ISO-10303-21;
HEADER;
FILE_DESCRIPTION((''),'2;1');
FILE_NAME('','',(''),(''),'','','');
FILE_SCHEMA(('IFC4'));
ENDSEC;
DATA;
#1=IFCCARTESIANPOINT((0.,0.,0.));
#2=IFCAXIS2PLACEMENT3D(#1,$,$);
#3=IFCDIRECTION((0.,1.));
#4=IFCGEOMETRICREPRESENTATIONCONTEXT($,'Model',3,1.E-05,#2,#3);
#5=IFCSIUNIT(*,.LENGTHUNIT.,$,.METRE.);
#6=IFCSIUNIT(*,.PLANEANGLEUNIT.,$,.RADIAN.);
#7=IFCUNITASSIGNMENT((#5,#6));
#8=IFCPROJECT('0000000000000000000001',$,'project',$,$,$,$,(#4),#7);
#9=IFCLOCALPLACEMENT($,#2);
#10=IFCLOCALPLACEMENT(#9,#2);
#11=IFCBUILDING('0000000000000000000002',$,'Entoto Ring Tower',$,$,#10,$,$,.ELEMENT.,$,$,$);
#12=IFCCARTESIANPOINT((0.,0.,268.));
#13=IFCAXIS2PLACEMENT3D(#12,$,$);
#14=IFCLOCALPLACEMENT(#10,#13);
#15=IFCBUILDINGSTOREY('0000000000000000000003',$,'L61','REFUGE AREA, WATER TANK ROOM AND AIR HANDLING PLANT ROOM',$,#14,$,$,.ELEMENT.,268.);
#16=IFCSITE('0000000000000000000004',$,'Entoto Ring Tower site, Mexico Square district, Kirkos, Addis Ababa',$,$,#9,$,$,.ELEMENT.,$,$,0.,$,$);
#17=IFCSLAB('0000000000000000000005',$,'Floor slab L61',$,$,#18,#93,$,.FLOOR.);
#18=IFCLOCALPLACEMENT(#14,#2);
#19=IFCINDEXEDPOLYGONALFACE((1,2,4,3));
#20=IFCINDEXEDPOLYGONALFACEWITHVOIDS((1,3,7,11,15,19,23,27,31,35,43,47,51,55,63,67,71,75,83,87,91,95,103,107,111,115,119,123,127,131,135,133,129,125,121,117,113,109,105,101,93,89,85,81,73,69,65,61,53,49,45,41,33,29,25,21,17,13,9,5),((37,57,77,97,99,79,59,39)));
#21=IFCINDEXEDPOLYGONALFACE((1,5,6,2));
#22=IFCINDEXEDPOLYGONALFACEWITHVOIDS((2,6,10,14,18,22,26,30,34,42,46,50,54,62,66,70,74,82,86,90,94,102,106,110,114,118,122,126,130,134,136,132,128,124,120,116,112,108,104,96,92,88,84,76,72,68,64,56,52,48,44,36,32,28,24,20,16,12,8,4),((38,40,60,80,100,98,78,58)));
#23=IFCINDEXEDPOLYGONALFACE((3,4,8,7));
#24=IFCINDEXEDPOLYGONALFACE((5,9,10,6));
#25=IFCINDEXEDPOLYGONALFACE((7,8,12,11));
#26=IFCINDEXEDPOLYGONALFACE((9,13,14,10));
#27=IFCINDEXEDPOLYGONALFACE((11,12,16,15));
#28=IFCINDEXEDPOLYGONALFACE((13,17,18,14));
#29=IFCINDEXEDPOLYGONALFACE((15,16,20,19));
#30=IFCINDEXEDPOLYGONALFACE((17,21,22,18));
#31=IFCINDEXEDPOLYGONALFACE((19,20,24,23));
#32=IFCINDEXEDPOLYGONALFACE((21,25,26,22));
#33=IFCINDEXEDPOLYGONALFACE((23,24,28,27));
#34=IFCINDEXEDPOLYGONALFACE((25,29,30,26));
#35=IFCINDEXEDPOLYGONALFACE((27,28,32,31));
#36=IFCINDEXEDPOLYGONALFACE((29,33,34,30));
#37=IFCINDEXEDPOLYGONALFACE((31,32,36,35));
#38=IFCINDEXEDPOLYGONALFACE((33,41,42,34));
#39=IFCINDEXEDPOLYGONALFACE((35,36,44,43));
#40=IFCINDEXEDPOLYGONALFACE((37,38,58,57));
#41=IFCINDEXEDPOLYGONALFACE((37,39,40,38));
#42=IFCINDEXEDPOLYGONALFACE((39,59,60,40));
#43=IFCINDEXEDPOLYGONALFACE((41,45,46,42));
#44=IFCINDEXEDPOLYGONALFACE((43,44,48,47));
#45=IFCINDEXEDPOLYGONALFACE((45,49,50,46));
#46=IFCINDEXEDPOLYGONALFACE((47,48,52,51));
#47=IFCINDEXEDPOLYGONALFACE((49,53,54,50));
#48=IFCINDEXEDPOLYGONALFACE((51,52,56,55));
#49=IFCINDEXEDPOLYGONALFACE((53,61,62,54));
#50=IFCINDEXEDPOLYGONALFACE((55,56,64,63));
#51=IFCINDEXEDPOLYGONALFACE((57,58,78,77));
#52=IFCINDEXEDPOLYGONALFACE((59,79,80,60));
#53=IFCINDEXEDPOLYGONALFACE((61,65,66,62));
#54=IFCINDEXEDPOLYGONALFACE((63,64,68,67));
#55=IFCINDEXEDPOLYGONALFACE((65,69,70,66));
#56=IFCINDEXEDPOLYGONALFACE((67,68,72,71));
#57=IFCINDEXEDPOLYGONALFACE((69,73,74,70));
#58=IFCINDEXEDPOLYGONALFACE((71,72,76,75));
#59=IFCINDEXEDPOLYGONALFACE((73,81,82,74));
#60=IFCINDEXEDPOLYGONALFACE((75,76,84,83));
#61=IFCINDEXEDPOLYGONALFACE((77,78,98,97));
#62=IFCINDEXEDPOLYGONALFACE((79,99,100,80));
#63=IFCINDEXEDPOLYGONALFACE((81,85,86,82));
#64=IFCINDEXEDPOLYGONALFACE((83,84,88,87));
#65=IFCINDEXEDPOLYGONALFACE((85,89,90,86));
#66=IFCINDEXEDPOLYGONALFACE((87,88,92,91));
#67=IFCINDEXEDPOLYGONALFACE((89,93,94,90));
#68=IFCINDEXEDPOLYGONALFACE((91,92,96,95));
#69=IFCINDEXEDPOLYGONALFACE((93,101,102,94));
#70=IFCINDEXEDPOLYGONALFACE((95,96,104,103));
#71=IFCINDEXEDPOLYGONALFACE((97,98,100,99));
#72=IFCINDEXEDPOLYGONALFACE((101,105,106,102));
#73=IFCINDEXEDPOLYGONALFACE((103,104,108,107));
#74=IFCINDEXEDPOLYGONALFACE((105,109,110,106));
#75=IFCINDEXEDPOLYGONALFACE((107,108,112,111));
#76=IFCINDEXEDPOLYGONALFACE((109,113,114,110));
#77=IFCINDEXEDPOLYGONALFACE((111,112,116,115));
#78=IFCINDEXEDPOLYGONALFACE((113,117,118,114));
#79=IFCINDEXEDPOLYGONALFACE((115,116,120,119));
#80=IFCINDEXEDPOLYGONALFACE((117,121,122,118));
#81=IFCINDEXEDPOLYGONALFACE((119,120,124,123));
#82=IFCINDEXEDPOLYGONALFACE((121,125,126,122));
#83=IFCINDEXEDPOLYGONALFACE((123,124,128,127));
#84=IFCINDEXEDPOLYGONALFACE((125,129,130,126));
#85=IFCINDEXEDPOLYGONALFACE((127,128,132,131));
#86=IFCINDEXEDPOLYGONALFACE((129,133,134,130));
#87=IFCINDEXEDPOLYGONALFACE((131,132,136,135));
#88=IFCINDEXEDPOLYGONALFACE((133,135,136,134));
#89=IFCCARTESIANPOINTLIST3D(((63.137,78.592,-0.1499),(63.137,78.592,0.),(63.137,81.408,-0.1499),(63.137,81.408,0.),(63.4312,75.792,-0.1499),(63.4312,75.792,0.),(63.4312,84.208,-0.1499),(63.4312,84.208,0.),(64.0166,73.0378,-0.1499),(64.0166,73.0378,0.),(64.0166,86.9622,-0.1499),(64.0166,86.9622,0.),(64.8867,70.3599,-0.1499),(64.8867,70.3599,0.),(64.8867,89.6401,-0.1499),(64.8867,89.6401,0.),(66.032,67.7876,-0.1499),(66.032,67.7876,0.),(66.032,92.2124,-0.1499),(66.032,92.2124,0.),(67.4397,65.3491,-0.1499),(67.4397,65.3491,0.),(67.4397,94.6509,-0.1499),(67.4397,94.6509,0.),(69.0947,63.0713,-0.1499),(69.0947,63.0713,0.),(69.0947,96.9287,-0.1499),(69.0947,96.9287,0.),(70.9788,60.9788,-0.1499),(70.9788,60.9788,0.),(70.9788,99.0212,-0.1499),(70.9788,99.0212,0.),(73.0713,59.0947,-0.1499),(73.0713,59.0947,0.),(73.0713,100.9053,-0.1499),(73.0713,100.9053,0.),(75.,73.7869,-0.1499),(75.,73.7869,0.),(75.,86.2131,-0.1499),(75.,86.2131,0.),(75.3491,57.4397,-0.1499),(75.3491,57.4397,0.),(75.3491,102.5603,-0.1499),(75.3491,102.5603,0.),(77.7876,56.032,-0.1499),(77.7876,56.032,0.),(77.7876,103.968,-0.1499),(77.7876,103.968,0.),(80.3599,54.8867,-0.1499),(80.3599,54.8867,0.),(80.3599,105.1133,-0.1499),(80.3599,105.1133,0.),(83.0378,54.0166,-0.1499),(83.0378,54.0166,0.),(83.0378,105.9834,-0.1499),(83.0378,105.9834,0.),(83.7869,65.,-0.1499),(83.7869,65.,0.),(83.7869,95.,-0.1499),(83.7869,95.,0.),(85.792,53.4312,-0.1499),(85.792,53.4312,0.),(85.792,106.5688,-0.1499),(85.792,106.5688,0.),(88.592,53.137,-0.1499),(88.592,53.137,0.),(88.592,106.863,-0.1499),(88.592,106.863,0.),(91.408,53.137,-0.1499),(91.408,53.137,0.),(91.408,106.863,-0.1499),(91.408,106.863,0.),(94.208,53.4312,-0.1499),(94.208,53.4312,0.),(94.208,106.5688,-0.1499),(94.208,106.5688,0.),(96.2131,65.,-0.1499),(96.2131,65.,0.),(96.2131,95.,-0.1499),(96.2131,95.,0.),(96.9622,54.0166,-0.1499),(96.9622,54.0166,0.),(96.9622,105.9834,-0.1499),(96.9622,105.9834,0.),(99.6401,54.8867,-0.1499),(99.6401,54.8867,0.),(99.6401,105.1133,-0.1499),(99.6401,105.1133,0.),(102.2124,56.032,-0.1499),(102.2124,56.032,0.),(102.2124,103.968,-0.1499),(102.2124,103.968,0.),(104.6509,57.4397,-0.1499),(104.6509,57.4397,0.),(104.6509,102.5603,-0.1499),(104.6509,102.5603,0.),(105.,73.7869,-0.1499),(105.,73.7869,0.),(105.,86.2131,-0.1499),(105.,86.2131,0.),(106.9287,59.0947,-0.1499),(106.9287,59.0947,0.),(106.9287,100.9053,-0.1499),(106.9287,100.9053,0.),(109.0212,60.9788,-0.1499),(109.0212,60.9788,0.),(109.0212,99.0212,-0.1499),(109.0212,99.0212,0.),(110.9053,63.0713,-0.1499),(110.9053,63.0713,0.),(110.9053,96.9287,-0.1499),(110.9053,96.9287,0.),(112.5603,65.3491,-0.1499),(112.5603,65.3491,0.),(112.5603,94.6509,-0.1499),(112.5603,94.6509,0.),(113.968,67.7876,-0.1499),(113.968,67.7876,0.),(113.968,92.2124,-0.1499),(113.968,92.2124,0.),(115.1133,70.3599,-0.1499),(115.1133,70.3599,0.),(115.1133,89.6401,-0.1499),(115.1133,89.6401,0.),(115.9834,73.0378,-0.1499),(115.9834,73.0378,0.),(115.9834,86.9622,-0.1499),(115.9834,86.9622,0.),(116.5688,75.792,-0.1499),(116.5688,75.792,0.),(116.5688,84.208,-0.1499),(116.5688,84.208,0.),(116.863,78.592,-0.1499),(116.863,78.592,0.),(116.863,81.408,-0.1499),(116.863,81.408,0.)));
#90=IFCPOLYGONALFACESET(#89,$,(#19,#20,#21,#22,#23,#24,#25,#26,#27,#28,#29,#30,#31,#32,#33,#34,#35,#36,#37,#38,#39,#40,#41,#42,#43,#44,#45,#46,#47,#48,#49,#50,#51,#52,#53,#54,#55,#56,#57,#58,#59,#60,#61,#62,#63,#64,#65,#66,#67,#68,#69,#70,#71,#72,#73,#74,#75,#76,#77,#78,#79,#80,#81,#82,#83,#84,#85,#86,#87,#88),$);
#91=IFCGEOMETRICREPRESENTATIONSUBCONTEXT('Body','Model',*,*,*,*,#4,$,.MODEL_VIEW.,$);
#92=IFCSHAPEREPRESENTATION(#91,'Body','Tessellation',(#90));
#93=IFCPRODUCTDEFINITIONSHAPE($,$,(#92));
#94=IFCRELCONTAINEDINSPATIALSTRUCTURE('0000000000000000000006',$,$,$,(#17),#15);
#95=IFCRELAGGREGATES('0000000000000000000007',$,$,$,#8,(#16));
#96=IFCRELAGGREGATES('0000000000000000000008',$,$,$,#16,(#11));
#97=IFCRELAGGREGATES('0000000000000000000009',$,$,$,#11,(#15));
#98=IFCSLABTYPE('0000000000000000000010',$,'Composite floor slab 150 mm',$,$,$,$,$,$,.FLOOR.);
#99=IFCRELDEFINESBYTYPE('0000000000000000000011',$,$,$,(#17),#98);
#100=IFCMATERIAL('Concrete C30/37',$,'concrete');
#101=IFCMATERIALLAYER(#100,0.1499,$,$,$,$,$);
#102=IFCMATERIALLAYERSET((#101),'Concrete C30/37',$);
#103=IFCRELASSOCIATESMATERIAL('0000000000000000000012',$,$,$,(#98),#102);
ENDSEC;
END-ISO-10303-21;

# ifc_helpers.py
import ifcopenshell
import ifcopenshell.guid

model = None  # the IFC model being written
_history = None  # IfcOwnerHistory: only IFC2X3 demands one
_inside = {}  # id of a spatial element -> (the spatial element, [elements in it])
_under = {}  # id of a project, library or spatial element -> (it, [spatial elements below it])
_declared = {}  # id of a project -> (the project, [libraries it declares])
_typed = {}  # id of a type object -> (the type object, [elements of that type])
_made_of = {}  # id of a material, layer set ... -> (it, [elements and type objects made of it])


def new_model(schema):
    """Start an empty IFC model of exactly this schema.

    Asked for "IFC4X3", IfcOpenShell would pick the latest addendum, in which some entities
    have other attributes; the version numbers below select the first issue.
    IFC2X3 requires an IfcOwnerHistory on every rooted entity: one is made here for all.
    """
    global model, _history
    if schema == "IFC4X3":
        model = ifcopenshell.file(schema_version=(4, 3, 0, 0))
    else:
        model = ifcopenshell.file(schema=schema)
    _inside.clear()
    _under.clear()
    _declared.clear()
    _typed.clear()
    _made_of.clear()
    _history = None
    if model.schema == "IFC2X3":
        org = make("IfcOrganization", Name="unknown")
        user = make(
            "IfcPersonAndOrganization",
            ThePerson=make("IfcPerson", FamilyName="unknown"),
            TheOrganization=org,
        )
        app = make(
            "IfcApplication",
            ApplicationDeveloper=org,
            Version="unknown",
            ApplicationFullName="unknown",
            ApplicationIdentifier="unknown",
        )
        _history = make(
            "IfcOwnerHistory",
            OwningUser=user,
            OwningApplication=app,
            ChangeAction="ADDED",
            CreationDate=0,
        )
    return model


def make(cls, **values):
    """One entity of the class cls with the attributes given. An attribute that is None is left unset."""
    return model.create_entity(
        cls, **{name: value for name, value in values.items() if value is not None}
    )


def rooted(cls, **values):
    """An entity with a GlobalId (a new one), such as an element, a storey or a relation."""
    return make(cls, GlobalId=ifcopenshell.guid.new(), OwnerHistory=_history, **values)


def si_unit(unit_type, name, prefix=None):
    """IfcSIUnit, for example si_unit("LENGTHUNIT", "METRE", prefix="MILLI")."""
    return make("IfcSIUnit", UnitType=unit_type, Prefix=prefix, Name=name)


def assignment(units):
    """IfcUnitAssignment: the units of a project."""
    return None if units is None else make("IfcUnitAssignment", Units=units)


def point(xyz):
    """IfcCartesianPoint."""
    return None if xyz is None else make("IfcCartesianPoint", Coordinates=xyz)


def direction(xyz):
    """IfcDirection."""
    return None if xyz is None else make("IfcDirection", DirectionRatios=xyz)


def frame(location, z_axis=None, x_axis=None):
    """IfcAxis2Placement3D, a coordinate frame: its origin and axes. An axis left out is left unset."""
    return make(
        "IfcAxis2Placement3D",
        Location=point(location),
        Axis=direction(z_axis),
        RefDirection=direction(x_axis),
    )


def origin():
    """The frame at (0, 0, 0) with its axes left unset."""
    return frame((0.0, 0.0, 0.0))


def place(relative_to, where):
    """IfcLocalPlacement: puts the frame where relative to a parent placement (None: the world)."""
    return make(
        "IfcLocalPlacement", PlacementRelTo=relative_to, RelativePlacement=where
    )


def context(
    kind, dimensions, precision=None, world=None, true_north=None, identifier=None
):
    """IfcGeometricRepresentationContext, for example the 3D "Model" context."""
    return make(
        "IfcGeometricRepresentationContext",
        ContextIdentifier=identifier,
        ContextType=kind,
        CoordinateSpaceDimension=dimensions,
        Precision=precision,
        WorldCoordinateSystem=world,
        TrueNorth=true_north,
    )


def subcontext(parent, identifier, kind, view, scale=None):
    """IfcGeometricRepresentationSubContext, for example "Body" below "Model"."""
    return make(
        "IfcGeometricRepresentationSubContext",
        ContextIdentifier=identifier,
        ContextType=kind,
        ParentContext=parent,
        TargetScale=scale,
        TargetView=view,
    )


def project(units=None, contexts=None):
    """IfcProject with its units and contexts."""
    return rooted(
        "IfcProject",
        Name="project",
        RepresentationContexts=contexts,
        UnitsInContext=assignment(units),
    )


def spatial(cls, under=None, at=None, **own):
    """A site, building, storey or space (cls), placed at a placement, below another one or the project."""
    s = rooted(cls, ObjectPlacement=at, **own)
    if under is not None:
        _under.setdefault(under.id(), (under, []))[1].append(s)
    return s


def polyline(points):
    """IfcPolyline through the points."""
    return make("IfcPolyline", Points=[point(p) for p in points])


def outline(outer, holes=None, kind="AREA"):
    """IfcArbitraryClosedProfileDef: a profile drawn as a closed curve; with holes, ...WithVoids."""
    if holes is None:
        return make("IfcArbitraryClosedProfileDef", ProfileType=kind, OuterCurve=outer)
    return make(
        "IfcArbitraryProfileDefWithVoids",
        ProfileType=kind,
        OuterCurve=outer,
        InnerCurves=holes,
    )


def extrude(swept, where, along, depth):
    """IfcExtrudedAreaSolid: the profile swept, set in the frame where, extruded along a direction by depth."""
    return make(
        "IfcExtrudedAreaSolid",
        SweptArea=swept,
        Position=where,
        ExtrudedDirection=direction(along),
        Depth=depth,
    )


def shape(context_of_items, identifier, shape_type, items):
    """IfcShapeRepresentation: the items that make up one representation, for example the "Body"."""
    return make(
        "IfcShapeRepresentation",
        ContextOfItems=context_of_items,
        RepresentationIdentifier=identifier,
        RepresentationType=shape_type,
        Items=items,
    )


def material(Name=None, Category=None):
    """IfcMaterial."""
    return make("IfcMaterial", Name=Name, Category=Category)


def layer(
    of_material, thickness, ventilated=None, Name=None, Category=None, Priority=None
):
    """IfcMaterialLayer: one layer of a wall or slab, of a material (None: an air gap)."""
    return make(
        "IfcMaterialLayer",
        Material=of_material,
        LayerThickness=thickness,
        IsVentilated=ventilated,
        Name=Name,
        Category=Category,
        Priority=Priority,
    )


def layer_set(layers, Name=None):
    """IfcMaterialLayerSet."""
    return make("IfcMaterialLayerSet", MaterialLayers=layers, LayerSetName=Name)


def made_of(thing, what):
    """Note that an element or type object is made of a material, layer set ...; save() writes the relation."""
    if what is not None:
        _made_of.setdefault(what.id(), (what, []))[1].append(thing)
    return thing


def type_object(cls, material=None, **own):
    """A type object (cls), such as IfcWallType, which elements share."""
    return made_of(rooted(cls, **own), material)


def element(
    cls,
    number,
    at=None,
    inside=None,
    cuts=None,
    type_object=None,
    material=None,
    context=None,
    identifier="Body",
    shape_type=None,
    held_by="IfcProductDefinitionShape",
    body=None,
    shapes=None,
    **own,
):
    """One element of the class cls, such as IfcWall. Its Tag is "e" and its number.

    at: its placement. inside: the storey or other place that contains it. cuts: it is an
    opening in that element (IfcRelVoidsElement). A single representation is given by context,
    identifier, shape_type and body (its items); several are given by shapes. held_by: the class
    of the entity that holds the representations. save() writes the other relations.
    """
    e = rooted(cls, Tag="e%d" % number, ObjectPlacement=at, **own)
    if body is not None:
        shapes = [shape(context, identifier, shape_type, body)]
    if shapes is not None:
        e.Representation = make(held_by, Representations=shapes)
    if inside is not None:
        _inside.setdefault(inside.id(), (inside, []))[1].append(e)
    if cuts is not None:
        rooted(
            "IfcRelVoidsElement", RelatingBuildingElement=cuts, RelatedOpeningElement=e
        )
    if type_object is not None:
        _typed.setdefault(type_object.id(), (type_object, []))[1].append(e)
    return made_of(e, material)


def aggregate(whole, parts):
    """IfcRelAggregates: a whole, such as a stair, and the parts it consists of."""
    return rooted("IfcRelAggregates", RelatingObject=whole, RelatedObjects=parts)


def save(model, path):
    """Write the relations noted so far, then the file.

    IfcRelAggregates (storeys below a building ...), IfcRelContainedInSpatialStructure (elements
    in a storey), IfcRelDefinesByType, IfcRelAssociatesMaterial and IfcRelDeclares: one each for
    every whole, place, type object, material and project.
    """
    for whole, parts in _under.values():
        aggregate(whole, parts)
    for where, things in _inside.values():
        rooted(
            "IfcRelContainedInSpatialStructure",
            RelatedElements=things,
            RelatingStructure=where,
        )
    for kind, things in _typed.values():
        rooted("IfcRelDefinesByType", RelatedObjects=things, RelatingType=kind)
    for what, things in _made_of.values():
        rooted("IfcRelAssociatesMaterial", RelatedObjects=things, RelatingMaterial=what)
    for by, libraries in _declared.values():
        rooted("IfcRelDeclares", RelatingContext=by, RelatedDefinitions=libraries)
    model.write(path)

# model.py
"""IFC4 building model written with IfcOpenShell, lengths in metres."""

from ifc_helpers import new_model, si_unit, direction, frame, origin, place, context, subcontext, project, spatial, polyline, outline, extrude, material, layer, layer_set, type_object, element, save


model = new_model("IFC4")

# Units and contexts
model_context = context("Model", 3, precision=1e-05, world=origin(), true_north=direction((0.0, 1.0)))
body_context = subcontext(model_context, "Body", "Model", "MODEL_VIEW")
ifc_project = project(units=[si_unit("LENGTHUNIT", "METRE"), si_unit("PLANEANGLEUNIT", "RADIAN")], contexts=[model_context])

# Site, building, storey
site_placement = place(None, origin())
site = spatial("IfcSite", under=ifc_project, at=site_placement, Name="Entoto Ring Tower site, Mexico Square district, Kirkos, Addis Ababa", CompositionType="ELEMENT", RefElevation=0.0)
building_placement = place(site_placement, origin())
building = spatial("IfcBuilding", under=site, at=building_placement, Name="Entoto Ring Tower", CompositionType="ELEMENT")
storey_placement = place(building_placement, frame((0.0, 0.0, 268.0)))
storey = spatial("IfcBuildingStorey", under=building, at=storey_placement, Name="L61", Description="REFUGE AREA, WATER TANK ROOM AND AIR HANDLING PLANT ROOM", CompositionType="ELEMENT", Elevation=268.0)

# Slab
ifc_material_1 = material(Name="Concrete C30/37", Category="concrete")
ifc_layer_1 = layer(ifc_material_1, 0.1499)
ifc_layer_set_1 = layer_set([ifc_layer_1], Name="Concrete C30/37")
slab_type_1 = type_object("IfcSlabType", Name="Composite floor slab 150 mm", PredefinedType="FLOOR", material=ifc_layer_set_1)
slab_1_placement = place(storey_placement, frame((0.0, 0.0, -0.1499)))
element("IfcSlab", 1, at=slab_1_placement, inside=storey, type_object=slab_type_1, Name="Floor slab L61", PredefinedType="FLOOR", context=body_context, shape_type="SweptSolid", body=[
    extrude(outline(polyline([(116.5688, 84.208), (115.9834, 86.9622), (115.1133, 89.6401), (113.968, 92.2124), (112.5603, 94.6509), (110.9053, 96.9287), (109.0212, 99.0212), (106.9287, 100.9053), (104.6509, 102.5603), (102.2124, 103.968), (99.6401, 105.1133), (96.9622, 105.9834), (94.208, 106.5688), (91.408, 106.863), (88.592, 106.863), (85.792, 106.5688), (83.0378, 105.9834), (80.3599, 105.1133), (77.7876, 103.968), (75.3491, 102.5603), (73.0713, 100.9053), (70.9788, 99.0212), (69.0947, 96.9287), (67.4397, 94.6509), (66.032, 92.2124), (64.8867, 89.6401), (64.0166, 86.9622), (63.4312, 84.208), (63.137, 81.408), (63.137, 78.592), (63.4312, 75.792), (64.0166, 73.0378), (64.8867, 70.3599), (66.032, 67.7876), (67.4397, 65.3491), (69.0947, 63.0713), (70.9788, 60.9788), (73.0713, 59.0947), (75.3491, 57.4397), (77.7876, 56.032), (80.3599, 54.8867), (83.0378, 54.0166), (85.792, 53.4312), (88.592, 53.137), (91.408, 53.137), (94.208, 53.4312), (96.9622, 54.0166), (99.6401, 54.8867), (102.2124, 56.032), (104.6509, 57.4397), (106.9287, 59.0947), (109.0212, 60.9788), (110.9053, 63.0713), (112.5603, 65.3491), (113.968, 67.7876), (115.1133, 70.3599), (115.9834, 73.0378), (116.5688, 75.792), (116.863, 78.592), (116.863, 81.408), (116.5688, 84.208)]), holes=[polyline([(105.0, 73.7869), (105.0, 86.2131), (96.2131, 95.0), (83.7869, 95.0), (75.0, 86.2131), (75.0, 73.7869), (83.7869, 65.0), (96.2131, 65.0), (105.0, 73.7869)])]), origin(), (0.0, 0.0, 1.0), 0.1499),
])

save(model, "model.ifc")
